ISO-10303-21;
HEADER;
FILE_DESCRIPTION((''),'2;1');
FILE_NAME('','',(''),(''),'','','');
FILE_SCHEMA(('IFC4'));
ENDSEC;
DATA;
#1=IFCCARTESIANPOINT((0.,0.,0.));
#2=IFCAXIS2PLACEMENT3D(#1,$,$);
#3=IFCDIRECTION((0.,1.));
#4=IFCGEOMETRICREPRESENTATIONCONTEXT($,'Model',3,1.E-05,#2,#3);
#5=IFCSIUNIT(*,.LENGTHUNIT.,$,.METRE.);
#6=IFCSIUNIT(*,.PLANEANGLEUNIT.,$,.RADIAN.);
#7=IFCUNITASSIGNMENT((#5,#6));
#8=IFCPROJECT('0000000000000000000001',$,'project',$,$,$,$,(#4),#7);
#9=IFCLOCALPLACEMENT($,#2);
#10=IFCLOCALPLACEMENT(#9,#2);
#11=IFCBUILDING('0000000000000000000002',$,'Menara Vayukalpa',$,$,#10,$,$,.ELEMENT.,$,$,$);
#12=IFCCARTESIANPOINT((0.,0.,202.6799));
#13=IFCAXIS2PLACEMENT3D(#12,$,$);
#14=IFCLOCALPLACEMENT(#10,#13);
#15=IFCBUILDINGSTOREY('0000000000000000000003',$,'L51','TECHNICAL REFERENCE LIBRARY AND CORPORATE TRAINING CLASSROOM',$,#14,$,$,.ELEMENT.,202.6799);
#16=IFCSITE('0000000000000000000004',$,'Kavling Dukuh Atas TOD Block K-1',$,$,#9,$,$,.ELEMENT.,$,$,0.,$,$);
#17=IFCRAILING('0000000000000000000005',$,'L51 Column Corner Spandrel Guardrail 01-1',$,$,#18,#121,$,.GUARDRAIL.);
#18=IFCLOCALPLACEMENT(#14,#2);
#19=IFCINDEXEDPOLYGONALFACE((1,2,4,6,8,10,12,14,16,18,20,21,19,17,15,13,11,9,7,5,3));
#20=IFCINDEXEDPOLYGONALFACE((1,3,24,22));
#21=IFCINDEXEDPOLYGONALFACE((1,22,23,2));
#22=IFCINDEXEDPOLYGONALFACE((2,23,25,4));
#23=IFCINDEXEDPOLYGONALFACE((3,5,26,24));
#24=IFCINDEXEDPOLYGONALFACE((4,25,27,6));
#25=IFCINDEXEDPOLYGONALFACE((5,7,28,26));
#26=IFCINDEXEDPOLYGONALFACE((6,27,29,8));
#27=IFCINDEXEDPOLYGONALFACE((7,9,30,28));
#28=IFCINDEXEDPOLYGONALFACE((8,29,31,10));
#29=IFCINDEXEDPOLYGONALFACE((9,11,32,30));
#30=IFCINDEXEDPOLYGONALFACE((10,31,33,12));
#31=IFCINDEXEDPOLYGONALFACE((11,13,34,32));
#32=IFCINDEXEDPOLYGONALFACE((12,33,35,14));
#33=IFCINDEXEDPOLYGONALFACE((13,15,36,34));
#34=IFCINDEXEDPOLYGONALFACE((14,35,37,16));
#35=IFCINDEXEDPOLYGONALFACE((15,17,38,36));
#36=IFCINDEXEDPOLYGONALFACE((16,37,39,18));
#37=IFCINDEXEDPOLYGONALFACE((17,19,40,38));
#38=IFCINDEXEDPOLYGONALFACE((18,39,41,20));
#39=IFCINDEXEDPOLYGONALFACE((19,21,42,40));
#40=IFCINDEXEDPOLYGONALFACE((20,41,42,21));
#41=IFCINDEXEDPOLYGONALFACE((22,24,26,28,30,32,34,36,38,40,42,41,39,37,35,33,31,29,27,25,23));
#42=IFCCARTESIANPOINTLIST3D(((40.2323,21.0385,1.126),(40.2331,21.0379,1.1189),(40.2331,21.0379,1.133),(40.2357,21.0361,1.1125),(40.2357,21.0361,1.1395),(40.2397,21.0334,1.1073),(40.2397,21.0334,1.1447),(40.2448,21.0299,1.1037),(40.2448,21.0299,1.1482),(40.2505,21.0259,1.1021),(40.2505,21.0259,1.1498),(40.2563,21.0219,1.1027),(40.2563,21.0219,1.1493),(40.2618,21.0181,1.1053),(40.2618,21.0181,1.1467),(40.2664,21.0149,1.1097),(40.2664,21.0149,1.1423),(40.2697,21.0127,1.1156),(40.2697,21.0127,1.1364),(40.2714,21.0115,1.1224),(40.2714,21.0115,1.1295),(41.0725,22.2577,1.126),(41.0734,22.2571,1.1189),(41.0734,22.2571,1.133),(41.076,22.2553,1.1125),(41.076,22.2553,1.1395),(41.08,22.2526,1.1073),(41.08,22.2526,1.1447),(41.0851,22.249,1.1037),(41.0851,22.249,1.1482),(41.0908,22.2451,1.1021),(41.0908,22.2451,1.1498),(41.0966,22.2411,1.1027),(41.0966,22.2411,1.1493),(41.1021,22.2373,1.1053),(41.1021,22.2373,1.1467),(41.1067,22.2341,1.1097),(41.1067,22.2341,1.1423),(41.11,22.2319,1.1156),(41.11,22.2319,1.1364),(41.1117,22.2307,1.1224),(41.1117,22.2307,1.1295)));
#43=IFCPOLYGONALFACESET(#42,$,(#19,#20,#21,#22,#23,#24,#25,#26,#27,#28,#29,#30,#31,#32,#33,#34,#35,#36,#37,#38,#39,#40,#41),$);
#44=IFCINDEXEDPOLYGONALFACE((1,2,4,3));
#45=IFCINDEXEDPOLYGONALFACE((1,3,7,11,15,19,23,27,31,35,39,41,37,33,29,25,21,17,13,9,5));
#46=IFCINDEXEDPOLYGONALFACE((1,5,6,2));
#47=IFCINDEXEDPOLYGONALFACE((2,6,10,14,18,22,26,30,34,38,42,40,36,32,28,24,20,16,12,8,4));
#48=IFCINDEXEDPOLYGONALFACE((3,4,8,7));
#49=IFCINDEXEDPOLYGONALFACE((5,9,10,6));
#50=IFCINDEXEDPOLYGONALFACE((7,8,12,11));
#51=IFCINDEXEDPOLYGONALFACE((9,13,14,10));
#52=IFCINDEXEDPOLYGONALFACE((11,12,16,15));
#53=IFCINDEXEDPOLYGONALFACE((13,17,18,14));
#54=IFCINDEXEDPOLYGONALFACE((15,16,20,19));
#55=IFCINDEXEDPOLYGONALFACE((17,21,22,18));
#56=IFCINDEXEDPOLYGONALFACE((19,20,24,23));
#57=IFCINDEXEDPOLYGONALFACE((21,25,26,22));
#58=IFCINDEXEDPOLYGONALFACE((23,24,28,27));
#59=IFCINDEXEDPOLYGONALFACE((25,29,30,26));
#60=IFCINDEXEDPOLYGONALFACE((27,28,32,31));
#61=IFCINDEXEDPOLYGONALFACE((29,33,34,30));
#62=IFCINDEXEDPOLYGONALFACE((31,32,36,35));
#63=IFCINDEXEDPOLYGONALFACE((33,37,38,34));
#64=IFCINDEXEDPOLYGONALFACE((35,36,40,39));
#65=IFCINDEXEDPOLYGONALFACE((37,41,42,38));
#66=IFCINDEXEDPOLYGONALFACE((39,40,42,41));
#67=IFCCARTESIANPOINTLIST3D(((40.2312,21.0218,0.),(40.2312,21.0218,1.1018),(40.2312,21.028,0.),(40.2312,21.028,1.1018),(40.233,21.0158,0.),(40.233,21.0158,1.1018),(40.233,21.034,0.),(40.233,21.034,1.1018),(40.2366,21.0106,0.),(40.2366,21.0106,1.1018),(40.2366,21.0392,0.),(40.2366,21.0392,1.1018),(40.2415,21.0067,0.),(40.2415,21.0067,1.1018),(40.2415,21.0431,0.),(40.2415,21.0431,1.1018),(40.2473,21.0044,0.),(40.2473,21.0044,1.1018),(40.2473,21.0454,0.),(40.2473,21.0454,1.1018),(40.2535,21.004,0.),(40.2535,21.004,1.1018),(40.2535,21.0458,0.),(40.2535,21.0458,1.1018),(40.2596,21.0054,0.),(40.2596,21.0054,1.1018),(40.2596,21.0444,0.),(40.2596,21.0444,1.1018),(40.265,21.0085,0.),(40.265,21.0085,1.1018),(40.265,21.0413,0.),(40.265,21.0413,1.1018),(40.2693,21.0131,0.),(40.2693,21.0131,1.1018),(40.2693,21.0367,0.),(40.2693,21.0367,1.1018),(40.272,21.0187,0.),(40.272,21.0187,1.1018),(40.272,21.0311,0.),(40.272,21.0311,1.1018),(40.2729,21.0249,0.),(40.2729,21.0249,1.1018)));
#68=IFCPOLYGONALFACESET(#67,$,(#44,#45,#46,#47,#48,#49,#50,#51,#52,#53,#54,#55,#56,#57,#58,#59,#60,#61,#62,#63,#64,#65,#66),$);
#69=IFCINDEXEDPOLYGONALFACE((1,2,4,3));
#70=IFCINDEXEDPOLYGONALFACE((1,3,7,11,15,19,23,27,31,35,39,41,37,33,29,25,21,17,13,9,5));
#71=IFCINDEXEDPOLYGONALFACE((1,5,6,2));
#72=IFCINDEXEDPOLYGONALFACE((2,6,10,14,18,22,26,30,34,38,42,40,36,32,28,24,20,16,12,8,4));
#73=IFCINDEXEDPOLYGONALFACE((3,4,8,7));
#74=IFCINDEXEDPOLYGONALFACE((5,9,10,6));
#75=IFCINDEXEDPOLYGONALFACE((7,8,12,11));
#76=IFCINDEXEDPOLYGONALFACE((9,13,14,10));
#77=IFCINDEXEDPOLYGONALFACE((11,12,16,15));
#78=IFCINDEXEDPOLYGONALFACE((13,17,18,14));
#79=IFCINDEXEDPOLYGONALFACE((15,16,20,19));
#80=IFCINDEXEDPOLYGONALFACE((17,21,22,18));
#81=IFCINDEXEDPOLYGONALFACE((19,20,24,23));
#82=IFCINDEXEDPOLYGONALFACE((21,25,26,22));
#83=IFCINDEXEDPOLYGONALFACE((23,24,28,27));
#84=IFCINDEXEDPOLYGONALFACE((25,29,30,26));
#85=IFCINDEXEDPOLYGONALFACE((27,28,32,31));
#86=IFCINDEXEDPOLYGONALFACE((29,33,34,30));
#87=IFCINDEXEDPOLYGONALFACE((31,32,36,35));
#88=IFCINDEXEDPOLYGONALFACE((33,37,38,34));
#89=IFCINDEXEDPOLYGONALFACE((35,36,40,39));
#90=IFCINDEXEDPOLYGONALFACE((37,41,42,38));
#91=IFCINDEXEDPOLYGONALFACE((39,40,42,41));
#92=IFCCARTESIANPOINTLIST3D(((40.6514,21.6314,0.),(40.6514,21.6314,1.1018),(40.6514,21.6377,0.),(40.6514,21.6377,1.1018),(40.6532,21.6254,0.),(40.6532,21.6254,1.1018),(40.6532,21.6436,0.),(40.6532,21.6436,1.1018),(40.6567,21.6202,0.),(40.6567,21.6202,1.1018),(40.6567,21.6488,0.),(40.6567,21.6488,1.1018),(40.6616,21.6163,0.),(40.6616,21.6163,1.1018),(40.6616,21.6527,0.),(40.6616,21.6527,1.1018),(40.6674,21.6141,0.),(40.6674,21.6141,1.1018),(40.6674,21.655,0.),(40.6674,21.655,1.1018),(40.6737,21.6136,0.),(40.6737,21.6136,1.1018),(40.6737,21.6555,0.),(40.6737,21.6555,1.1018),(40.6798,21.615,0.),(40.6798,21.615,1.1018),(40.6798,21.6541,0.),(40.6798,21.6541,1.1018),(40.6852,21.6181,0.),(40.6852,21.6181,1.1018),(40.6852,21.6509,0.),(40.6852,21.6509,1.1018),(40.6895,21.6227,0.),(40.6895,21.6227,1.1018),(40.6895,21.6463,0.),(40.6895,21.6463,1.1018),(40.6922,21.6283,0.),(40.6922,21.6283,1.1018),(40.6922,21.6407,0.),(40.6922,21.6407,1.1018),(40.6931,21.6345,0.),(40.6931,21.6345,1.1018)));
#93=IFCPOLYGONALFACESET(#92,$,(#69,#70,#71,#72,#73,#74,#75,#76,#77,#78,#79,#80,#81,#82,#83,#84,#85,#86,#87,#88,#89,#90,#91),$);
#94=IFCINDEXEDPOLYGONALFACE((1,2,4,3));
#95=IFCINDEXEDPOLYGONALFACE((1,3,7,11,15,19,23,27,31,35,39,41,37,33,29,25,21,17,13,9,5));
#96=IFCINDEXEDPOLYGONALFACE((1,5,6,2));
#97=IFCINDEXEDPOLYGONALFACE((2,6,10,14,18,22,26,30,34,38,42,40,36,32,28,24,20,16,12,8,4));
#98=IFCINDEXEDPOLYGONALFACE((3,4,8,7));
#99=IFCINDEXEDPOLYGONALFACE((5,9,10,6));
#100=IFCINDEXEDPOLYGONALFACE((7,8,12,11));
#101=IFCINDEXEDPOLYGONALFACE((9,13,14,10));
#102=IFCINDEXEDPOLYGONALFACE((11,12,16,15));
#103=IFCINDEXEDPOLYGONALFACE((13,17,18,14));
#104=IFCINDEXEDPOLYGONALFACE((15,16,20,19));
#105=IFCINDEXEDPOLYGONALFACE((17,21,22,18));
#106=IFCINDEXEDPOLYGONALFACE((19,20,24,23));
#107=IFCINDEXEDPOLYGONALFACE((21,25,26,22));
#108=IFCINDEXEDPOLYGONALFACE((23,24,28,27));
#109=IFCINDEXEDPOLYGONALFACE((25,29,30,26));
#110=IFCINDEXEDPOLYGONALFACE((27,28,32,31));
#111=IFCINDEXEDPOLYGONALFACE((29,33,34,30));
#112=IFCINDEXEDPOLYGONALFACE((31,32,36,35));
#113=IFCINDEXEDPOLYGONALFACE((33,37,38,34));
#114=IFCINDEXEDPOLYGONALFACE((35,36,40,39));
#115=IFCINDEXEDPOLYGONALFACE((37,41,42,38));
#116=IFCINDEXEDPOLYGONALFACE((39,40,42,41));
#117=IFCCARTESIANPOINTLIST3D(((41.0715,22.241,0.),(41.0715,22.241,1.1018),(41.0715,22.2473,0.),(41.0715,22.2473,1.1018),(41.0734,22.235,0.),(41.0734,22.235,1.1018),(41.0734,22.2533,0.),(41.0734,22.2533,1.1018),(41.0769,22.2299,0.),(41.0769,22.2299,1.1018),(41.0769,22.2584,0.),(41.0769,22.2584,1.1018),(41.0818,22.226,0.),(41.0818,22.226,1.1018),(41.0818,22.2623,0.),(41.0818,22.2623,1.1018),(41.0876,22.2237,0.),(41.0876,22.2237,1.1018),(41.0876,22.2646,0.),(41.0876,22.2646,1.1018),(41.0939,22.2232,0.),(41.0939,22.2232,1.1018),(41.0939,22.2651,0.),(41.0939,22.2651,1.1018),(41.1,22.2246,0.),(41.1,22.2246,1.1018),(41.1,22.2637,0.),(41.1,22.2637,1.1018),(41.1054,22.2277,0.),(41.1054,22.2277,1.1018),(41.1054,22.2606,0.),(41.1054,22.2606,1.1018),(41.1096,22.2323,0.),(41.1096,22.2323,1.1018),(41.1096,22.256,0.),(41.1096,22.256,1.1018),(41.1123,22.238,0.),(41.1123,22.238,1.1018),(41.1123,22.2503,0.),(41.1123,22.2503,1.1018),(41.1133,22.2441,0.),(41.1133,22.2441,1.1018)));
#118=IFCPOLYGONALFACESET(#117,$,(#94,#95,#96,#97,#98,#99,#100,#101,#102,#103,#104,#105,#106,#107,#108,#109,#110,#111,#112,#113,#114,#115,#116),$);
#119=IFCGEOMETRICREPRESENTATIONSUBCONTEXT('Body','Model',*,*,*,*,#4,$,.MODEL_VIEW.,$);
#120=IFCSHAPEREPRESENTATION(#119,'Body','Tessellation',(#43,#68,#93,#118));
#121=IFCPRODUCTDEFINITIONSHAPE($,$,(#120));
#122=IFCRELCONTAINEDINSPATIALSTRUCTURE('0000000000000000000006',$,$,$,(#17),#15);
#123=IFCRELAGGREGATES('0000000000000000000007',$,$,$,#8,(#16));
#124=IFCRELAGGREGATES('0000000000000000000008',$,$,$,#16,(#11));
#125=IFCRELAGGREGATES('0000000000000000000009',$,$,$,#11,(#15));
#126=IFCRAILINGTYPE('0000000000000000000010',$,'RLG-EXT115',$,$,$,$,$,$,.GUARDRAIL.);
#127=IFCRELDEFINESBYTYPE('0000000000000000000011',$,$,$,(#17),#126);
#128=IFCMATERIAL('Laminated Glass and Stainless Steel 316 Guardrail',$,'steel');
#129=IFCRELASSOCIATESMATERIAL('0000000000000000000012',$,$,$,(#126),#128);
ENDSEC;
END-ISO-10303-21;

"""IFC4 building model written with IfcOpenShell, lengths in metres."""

from ifc_helpers import new_model, si_unit, direction, frame, origin, origin_2d, place, context, subcontext, project, spatial, circle, extrude, material, type_object, element, save


model = new_model("IFC4")

# Units and contexts
model_context = context("Model", 3, precision=1e-05, world=origin(), true_north=direction((0.0, 1.0)))
body_context = subcontext(model_context, "Body", "Model", "MODEL_VIEW")
ifc_project = project(units=[si_unit("LENGTHUNIT", "METRE"), si_unit("PLANEANGLEUNIT", "RADIAN")], contexts=[model_context])

# Site, building, storey
site_placement = place(None, origin())
site = spatial("IfcSite", under=ifc_project, at=site_placement, Name="Kavling Dukuh Atas TOD Block K-1", CompositionType="ELEMENT", RefElevation=0.0)
building_placement = place(site_placement, origin())
building = spatial("IfcBuilding", under=site, at=building_placement, Name="Menara Vayukalpa", CompositionType="ELEMENT")
storey_placement = place(building_placement, frame((0.0, 0.0, 202.6799)))
storey = spatial("IfcBuildingStorey", under=building, at=storey_placement, Name="L51", Description="TECHNICAL REFERENCE LIBRARY AND CORPORATE TRAINING CLASSROOM", CompositionType="ELEMENT", Elevation=202.6799)

# Railing
ifc_material_1 = material(Name="Laminated Glass and Stainless Steel 316 Guardrail", Category="steel")
railing_type_1 = type_object("IfcRailingType", Name="RLG-EXT115", PredefinedType="GUARDRAIL", material=ifc_material_1)
railing_1_placement = place(storey_placement, frame((40.252, 21.0249, 0.0)))
element("IfcRailing", 1, at=railing_1_placement, inside=storey, type_object=railing_type_1, Name="L51 Column Corner Spandrel Guardrail 01-1", PredefinedType="GUARDRAIL", context=body_context, shape_type="SweptSolid", body=[
    extrude(circle(Radius=0.0239, at=origin_2d()), frame((0.0, 0.0, 1.126), z_axis=(0.567494, 0.823377, 0.0), x_axis=(-0.823377, 0.567494, 0.0)), (0.0, 0.0, 1.0), 1.4807),
    extrude(circle(Radius=0.021, at=origin_2d()), origin(), (0.0, 0.0, 1.0), 1.1018),
    extrude(circle(Radius=0.021, at=origin_2d()), frame((0.4202, 0.6096, 0.0)), (0.0, 0.0, 1.0), 1.1018),
    extrude(circle(Radius=0.021, at=origin_2d()), frame((0.8403, 1.2192, 0.0)), (0.0, 0.0, 1.0), 1.1018),
])

save(model, "model.ifc")
